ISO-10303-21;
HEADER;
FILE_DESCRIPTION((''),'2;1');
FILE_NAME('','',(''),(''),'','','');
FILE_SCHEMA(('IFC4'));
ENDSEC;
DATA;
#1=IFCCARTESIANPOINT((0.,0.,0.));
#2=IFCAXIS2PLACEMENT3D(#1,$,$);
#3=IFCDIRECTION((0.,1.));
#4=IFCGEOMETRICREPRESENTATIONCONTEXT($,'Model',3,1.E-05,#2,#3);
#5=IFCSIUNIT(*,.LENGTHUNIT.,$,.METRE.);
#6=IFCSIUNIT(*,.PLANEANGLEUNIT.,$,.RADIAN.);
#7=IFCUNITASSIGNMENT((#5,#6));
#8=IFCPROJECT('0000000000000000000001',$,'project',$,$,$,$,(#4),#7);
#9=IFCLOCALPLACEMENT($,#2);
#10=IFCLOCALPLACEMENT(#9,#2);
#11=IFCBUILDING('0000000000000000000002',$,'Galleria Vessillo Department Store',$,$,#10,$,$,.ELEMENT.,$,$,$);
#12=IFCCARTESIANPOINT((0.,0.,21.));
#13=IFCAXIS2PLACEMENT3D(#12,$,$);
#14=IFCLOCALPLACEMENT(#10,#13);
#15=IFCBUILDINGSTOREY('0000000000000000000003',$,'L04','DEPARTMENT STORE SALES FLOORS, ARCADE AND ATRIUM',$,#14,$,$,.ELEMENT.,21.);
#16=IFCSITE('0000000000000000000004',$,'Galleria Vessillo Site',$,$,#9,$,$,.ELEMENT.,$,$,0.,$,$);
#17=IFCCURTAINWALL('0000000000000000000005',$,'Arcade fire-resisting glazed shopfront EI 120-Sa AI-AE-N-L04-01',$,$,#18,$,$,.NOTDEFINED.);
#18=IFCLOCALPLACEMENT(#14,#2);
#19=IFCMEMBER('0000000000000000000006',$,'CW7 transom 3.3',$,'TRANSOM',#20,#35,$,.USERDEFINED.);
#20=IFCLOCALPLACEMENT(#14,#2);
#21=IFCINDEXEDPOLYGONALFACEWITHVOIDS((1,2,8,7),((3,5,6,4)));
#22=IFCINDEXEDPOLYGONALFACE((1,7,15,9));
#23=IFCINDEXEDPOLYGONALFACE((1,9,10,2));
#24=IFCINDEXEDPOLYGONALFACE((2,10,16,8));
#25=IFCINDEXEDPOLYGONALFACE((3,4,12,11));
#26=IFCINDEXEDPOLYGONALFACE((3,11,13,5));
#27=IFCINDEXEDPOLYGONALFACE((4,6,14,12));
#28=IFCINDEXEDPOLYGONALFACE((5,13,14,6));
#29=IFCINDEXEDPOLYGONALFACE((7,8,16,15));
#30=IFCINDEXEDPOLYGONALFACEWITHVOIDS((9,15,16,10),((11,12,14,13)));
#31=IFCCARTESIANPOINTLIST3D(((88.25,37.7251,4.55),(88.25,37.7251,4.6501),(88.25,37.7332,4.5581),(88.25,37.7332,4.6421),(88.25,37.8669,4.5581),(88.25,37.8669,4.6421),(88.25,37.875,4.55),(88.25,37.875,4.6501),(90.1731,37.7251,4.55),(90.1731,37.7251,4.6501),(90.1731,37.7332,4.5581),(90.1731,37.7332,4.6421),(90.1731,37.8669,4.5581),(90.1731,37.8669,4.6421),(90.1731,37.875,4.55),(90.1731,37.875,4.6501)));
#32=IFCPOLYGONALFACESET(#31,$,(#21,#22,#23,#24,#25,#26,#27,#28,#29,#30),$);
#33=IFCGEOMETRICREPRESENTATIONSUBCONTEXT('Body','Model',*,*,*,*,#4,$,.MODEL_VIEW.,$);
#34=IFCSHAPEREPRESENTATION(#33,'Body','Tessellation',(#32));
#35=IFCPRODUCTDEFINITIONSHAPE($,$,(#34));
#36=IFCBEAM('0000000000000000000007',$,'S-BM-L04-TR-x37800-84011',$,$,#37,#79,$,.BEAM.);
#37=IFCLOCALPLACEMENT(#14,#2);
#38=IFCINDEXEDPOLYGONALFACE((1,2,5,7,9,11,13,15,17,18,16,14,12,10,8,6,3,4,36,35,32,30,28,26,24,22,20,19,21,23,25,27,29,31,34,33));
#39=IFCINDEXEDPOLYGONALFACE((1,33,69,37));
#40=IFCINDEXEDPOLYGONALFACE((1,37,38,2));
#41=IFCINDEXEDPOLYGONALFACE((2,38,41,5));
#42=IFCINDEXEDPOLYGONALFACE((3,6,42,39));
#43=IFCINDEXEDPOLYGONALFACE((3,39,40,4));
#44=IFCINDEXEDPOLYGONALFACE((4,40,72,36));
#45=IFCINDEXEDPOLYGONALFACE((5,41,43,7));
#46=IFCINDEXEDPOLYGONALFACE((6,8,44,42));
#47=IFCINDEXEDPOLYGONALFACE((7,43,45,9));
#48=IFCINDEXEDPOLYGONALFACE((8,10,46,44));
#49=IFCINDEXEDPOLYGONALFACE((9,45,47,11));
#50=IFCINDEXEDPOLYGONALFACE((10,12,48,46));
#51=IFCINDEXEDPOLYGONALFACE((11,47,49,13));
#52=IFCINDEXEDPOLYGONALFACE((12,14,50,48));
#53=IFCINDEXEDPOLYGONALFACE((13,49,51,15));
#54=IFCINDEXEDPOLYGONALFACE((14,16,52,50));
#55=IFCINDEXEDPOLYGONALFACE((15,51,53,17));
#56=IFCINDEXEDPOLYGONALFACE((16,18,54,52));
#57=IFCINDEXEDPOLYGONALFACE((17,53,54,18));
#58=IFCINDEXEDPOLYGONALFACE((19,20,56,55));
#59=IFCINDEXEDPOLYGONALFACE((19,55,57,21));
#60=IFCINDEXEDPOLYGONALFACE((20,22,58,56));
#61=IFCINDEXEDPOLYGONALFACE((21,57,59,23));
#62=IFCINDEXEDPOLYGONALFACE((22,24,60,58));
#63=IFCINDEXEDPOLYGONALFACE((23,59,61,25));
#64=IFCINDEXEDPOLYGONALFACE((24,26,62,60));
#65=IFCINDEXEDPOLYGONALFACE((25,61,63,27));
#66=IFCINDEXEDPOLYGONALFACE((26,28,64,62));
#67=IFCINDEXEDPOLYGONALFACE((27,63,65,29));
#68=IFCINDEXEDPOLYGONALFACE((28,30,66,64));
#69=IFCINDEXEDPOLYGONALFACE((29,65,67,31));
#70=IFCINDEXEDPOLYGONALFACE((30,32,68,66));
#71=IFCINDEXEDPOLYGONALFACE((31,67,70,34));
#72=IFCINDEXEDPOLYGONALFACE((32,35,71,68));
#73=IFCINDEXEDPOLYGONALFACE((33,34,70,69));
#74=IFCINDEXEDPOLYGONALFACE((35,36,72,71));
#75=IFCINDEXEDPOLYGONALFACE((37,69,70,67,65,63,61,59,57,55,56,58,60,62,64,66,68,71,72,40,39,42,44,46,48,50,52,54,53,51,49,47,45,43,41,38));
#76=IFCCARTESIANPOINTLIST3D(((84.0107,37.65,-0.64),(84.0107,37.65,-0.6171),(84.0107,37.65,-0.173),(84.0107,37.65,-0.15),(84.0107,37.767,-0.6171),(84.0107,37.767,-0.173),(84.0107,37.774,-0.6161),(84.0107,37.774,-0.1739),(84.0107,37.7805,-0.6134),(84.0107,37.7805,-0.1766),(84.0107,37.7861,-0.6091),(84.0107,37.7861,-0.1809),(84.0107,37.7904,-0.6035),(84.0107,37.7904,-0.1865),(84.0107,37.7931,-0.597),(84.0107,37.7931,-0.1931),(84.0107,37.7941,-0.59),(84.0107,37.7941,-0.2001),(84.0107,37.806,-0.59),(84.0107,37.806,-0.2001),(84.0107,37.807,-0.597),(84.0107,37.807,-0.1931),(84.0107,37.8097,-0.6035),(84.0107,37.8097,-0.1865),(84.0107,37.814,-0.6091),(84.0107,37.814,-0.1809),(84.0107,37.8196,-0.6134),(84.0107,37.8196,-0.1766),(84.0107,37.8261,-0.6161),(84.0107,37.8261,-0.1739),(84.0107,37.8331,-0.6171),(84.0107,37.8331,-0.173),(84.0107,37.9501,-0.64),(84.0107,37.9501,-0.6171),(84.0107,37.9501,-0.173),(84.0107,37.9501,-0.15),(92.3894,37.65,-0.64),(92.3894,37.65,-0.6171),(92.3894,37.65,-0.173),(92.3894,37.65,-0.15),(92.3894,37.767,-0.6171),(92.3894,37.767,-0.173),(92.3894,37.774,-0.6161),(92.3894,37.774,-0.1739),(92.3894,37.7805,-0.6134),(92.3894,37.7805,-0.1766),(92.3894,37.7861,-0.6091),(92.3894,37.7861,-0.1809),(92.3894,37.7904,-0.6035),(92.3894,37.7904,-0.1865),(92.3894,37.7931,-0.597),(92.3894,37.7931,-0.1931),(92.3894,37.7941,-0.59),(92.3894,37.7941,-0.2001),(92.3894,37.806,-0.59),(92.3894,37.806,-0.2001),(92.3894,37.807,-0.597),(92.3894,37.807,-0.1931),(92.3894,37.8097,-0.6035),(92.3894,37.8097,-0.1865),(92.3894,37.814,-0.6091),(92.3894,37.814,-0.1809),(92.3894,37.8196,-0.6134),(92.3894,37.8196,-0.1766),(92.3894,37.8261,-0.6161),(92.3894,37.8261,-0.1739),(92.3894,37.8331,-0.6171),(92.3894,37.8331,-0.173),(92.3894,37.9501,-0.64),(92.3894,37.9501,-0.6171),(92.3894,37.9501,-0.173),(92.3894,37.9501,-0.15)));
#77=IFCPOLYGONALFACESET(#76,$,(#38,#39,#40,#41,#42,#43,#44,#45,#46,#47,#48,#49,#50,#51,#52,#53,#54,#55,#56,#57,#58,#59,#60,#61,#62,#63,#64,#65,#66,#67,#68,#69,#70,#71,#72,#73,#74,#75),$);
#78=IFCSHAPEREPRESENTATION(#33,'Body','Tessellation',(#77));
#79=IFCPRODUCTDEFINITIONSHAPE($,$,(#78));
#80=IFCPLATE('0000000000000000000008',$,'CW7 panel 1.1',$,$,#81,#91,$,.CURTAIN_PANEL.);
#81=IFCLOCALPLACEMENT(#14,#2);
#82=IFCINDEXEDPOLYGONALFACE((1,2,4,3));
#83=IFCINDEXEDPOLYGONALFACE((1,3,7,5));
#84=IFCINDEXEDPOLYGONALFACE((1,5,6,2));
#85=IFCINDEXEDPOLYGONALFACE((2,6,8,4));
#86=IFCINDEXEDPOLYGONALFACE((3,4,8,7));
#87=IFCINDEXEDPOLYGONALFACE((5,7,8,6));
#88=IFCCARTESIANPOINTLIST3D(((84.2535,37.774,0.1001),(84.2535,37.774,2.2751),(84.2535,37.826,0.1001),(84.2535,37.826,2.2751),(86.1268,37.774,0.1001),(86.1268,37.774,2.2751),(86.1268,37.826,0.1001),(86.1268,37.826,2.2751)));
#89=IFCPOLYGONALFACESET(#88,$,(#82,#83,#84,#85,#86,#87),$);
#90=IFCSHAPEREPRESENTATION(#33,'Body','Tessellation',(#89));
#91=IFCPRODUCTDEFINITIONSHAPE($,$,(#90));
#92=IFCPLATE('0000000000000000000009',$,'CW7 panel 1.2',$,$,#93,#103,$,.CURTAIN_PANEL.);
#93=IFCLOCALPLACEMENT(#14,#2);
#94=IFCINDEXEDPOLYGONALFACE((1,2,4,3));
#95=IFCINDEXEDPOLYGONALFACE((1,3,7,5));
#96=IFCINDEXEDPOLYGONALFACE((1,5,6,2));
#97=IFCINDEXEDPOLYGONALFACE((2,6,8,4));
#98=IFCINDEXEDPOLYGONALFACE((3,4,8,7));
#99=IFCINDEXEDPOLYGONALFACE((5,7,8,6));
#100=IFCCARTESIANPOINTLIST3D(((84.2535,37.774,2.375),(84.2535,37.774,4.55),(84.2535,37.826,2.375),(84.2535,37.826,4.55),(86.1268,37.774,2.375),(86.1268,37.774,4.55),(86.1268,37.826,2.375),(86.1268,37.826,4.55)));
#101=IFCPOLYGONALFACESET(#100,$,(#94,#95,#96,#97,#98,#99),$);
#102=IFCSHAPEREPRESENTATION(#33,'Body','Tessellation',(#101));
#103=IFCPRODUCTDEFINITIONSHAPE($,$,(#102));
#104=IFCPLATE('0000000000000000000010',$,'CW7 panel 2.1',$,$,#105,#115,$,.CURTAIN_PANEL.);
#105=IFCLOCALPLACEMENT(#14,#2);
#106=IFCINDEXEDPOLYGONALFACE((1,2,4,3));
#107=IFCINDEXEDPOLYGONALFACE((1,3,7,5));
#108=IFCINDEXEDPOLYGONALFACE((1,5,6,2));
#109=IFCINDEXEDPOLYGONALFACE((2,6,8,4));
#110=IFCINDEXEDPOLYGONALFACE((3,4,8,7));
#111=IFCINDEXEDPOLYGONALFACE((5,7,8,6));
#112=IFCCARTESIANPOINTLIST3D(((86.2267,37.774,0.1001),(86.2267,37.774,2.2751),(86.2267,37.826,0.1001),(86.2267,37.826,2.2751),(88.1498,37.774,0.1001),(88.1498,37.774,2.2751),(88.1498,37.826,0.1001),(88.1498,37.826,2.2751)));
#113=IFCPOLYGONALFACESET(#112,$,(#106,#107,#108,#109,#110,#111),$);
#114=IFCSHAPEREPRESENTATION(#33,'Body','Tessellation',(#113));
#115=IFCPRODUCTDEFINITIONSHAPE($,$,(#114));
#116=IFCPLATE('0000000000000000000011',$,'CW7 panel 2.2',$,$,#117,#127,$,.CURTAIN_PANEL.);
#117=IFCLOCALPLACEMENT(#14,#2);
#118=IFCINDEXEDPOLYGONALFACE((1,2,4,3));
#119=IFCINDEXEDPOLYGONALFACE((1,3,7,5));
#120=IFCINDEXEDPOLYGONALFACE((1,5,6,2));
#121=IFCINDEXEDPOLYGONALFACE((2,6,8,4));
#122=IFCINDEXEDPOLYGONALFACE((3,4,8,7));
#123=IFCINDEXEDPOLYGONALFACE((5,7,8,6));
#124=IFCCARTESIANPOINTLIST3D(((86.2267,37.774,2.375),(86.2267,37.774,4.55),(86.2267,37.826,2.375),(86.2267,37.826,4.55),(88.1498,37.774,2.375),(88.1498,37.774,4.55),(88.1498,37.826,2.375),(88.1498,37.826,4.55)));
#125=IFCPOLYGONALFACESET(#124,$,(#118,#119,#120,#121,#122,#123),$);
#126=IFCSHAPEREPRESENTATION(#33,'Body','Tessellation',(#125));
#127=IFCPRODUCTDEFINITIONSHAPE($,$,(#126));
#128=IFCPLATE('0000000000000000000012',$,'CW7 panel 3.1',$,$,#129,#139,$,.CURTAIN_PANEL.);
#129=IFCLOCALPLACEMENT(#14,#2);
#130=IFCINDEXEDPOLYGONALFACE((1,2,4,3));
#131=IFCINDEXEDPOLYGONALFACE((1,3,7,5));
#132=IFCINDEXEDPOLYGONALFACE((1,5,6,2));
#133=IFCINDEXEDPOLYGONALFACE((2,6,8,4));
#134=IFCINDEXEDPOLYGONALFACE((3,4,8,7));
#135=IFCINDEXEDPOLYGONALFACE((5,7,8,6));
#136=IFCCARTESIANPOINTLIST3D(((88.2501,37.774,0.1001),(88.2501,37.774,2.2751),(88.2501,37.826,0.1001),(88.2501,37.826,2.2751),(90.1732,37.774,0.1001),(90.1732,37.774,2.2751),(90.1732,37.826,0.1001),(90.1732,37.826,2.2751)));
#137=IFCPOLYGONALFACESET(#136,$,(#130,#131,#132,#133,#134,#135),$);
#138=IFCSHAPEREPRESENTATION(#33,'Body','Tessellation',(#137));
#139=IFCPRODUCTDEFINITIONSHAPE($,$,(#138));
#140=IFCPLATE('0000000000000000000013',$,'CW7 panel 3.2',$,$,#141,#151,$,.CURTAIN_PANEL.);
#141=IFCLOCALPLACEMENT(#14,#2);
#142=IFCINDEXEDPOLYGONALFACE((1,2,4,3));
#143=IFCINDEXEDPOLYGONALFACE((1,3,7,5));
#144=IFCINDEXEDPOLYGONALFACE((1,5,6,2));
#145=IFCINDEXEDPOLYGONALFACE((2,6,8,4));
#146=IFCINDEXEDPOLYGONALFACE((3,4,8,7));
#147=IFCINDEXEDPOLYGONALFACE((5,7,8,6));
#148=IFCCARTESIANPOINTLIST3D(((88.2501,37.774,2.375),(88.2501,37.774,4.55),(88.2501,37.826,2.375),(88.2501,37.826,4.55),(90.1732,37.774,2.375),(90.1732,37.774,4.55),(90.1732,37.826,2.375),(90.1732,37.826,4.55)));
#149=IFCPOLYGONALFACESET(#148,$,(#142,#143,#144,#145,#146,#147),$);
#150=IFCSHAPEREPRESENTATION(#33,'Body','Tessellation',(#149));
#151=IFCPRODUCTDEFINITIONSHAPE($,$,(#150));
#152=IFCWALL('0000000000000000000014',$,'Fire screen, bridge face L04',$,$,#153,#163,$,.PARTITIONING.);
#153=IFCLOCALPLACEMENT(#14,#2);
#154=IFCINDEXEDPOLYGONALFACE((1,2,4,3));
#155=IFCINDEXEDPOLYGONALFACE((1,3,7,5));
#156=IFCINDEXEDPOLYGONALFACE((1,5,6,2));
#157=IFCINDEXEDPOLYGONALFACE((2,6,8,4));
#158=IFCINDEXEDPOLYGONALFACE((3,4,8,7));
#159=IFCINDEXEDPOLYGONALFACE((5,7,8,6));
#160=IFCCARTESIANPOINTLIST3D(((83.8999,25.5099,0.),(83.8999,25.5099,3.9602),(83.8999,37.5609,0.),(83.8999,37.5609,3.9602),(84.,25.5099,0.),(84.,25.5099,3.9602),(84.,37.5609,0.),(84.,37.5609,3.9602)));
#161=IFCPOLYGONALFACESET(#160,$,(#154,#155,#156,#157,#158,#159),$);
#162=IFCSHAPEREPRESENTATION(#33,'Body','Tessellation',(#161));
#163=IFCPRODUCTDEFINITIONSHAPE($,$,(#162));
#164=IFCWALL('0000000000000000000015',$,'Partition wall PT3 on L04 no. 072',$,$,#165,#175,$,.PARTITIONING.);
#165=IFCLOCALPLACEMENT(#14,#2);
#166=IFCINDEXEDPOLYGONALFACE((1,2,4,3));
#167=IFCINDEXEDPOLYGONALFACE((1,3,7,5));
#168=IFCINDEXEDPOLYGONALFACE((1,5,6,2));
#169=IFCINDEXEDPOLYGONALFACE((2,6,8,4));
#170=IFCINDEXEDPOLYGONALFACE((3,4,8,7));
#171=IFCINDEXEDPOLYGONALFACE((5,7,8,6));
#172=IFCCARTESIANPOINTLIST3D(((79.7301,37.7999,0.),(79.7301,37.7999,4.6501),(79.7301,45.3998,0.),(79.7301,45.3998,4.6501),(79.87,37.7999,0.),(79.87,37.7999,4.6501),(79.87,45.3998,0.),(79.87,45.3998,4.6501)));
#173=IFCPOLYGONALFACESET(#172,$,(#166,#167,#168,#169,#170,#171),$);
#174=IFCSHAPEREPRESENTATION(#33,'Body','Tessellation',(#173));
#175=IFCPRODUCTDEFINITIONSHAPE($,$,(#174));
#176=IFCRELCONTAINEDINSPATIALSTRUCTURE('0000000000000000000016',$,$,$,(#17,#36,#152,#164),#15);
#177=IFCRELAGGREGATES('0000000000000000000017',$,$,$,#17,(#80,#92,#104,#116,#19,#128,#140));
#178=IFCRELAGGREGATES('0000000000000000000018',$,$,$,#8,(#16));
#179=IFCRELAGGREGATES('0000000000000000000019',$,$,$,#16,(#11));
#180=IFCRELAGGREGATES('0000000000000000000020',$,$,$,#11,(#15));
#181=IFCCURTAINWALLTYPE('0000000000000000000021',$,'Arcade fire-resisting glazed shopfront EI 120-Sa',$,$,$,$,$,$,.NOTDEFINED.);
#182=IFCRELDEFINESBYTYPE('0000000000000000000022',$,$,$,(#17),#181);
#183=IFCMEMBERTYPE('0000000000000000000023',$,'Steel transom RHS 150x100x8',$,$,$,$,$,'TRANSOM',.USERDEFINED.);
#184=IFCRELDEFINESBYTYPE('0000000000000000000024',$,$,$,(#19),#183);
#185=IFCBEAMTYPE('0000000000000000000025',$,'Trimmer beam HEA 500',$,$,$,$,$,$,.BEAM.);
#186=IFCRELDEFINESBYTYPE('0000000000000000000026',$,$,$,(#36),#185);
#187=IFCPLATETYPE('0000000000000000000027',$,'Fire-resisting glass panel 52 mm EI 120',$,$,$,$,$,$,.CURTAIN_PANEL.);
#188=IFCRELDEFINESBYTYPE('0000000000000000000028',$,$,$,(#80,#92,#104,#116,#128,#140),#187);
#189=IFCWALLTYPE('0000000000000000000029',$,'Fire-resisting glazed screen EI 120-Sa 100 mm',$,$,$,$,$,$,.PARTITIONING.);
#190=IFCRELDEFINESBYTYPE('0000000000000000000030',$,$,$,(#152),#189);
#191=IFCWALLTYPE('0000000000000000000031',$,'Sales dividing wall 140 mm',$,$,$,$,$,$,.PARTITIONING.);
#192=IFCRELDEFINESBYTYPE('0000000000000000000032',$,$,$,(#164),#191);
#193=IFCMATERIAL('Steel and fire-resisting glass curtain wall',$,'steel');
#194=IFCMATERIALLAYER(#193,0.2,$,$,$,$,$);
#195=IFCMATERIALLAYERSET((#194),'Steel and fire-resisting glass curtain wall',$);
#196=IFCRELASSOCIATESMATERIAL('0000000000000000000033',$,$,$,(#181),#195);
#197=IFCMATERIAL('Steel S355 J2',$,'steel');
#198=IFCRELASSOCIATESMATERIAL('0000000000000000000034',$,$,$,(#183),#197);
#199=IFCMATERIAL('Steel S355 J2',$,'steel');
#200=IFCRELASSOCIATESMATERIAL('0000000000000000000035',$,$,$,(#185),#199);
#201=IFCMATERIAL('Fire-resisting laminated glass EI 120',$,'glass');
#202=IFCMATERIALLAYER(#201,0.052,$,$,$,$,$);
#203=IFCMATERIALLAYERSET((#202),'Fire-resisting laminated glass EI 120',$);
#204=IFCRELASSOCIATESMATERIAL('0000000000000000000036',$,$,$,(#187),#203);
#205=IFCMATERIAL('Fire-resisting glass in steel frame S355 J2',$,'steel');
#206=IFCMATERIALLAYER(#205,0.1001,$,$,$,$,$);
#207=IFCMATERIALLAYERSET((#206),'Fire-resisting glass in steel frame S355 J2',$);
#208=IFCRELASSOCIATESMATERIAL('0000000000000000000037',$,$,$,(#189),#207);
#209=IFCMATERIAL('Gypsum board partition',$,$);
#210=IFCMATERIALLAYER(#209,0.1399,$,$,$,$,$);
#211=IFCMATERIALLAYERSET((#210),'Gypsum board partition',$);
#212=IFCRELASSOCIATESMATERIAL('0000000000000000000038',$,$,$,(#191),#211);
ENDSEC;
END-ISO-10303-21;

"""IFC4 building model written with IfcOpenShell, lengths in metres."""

from ifc_helpers import new_model, si_unit, direction, frame, frame_2d, origin, origin_2d, place, context, subcontext, project, spatial, rectangle, hollow_rectangle, i_section, extrude, material, layer, layer_set, material_profile, profile_set, type_object, element, aggregate, save


model = new_model("IFC4")

# Units and contexts
model_context = context("Model", 3, precision=1e-05, world=origin(), true_north=direction((0.0, 1.0)))
body_context = subcontext(model_context, "Body", "Model", "MODEL_VIEW")
ifc_project = project(units=[si_unit("LENGTHUNIT", "METRE"), si_unit("PLANEANGLEUNIT", "RADIAN")], contexts=[model_context])

# Site, building, storey
site_placement = place(None, origin())
site = spatial("IfcSite", under=ifc_project, at=site_placement, Name="Galleria Vessillo Site", CompositionType="ELEMENT", RefElevation=0.0)
building_placement = place(site_placement, origin())
building = spatial("IfcBuilding", under=site, at=building_placement, Name="Galleria Vessillo Department Store", CompositionType="ELEMENT")
storey_placement = place(building_placement, frame((0.0, 0.0, 21.0)))
storey = spatial("IfcBuildingStorey", under=building, at=storey_placement, Name="L04", Description="DEPARTMENT STORE SALES FLOORS, ARCADE AND ATRIUM", CompositionType="ELEMENT", Elevation=21.0)

# Curtain wall, member
ifc_material_1 = material(Name="Steel and fire-resisting glass curtain wall", Category="steel")
ifc_layer_1 = layer(ifc_material_1, 0.2)
ifc_layer_set_1 = layer_set([ifc_layer_1], Name="Steel and fire-resisting glass curtain wall")
curtain_wall_type = type_object("IfcCurtainWallType", Name="Arcade fire-resisting glazed shopfront EI 120-Sa", PredefinedType="NOTDEFINED", material=ifc_layer_set_1)
curtain_wall_placement = place(storey_placement, origin())
curtain_wall = element("IfcCurtainWall", 1, at=curtain_wall_placement, inside=storey, type_object=curtain_wall_type, Name="Arcade fire-resisting glazed shopfront EI 120-Sa AI-AE-N-L04-01", PredefinedType="NOTDEFINED")
ifc_material_2 = material(Name="Steel S355 J2", Category="steel")
ifc_material_profile_1 = material_profile(ifc_material_2, hollow_rectangle(XDim=0.1499, YDim=0.1001, WallThickness=0.0081, at=origin_2d()), Name="RHS 150x100x8")
ifc_profile_set_1 = profile_set([ifc_material_profile_1], Name="Steel S355 J2")
member_type_1 = type_object("IfcMemberType", Name="Steel transom RHS 150x100x8", ElementType="TRANSOM", PredefinedType="USERDEFINED", material=ifc_profile_set_1)
member_1_placement = place(storey_placement, frame((88.25, 37.8, 4.6001), z_axis=(1.0, 0.0, 0.0), x_axis=(0.0, 1.0, 0.0)))
member_1 = element("IfcMember", 2, at=member_1_placement, type_object=member_type_1, Name="CW7 transom 3.3", ObjectType="TRANSOM", PredefinedType="USERDEFINED", context=body_context, shape_type="SweptSolid", body=[
    extrude(hollow_rectangle(XDim=0.1499, YDim=0.1001, WallThickness=0.0081, at=origin_2d()), origin(), (0.0, 0.0, 1.0), 1.9231),
])

# Beam
ifc_material_3 = material(Name="Steel S355 J2", Category="steel")
ifc_material_profile_2 = material_profile(ifc_material_3, i_section(OverallWidth=0.3, OverallDepth=0.49, WebThickness=0.012, FlangeThickness=0.0229, FilletRadius=0.0271, at=origin_2d()), Name="HEA 500")
ifc_profile_set_2 = profile_set([ifc_material_profile_2], Name="Steel S355 J2")
beam_type_1 = type_object("IfcBeamType", Name="Trimmer beam HEA 500", PredefinedType="BEAM", material=ifc_profile_set_2)
beam_1_placement = place(storey_placement, frame((84.0107, 37.8, -0.395), z_axis=(1.0, 0.0, 0.0), x_axis=(0.0, 1.0, 0.0)))
element("IfcBeam", 3, at=beam_1_placement, inside=storey, type_object=beam_type_1, Name="S-BM-L04-TR-x37800-84011", PredefinedType="BEAM", context=body_context, shape_type="SweptSolid", body=[
    extrude(i_section(OverallWidth=0.3, OverallDepth=0.49, WebThickness=0.012, FlangeThickness=0.0229, FilletRadius=0.0271, at=origin_2d()), origin(), (0.0, 0.0, 1.0), 8.3787),
])

# Plates
ifc_material_4 = material(Name="Fire-resisting laminated glass EI 120", Category="glass")
ifc_layer_2 = layer(ifc_material_4, 0.052)
ifc_layer_set_2 = layer_set([ifc_layer_2], Name="Fire-resisting laminated glass EI 120")
plate_type = type_object("IfcPlateType", Name="Fire-resisting glass panel 52 mm EI 120", PredefinedType="CURTAIN_PANEL", material=ifc_layer_set_2)
plate_1_placement = place(storey_placement, frame((85.1902, 37.8, 0.1001), z_axis=(0.0, 0.0, 1.0), x_axis=(1.0, 0.0, 0.0)))
plate_1 = element("IfcPlate", 4, at=plate_1_placement, type_object=plate_type, Name="CW7 panel 1.1", PredefinedType="CURTAIN_PANEL", context=body_context, shape_type="SweptSolid", body=[
    extrude(rectangle(XDim=1.8733, YDim=0.052, at=origin_2d()), origin(), (0.0, 0.0, 1.0), 2.175),
])
plate_2_placement = place(storey_placement, frame((85.1902, 37.8, 2.375), z_axis=(0.0, 0.0, 1.0), x_axis=(1.0, 0.0, 0.0)))
plate_2 = element("IfcPlate", 5, at=plate_2_placement, type_object=plate_type, Name="CW7 panel 1.2", PredefinedType="CURTAIN_PANEL", context=body_context, shape_type="SweptSolid", body=[
    extrude(rectangle(XDim=1.8733, YDim=0.052, at=origin_2d()), origin(), (0.0, 0.0, 1.0), 2.175),
])
plate_3_placement = place(storey_placement, frame((87.1882, 37.8, 0.1001), z_axis=(0.0, 0.0, 1.0), x_axis=(1.0, 0.0, 0.0)))
plate_3 = element("IfcPlate", 6, at=plate_3_placement, type_object=plate_type, Name="CW7 panel 2.1", PredefinedType="CURTAIN_PANEL", context=body_context, shape_type="SweptSolid", body=[
    extrude(rectangle(XDim=1.9231, YDim=0.052, at=origin_2d()), origin(), (0.0, 0.0, 1.0), 2.175),
])
plate_4_placement = place(storey_placement, frame((87.1882, 37.8, 2.375), z_axis=(0.0, 0.0, 1.0), x_axis=(1.0, 0.0, 0.0)))
plate_4 = element("IfcPlate", 7, at=plate_4_placement, type_object=plate_type, Name="CW7 panel 2.2", PredefinedType="CURTAIN_PANEL", context=body_context, shape_type="SweptSolid", body=[
    extrude(rectangle(XDim=1.9231, YDim=0.052, at=origin_2d()), origin(), (0.0, 0.0, 1.0), 2.175),
])
plate_5_placement = place(storey_placement, frame((89.2117, 37.8, 0.1001), z_axis=(0.0, 0.0, 1.0), x_axis=(1.0, 0.0, 0.0)))
plate_5 = element("IfcPlate", 8, at=plate_5_placement, type_object=plate_type, Name="CW7 panel 3.1", PredefinedType="CURTAIN_PANEL", context=body_context, shape_type="SweptSolid", body=[
    extrude(rectangle(XDim=1.9231, YDim=0.052, at=origin_2d()), origin(), (0.0, 0.0, 1.0), 2.175),
])
plate_6_placement = place(storey_placement, frame((89.2117, 37.8, 2.375), z_axis=(0.0, 0.0, 1.0), x_axis=(1.0, 0.0, 0.0)))
plate_6 = element("IfcPlate", 9, at=plate_6_placement, type_object=plate_type, Name="CW7 panel 3.2", PredefinedType="CURTAIN_PANEL", context=body_context, shape_type="SweptSolid", body=[
    extrude(rectangle(XDim=1.9231, YDim=0.052, at=origin_2d()), origin(), (0.0, 0.0, 1.0), 2.175),
])
aggregate(curtain_wall, [plate_1, plate_2, plate_3, plate_4, member_1, plate_5, plate_6])

# Walls
ifc_material_5 = material(Name="Fire-resisting glass in steel frame S355 J2", Category="steel")
ifc_layer_3 = layer(ifc_material_5, 0.1001)
ifc_layer_set_3 = layer_set([ifc_layer_3], Name="Fire-resisting glass in steel frame S355 J2")
wall_type_1 = type_object("IfcWallType", Name="Fire-resisting glazed screen EI 120-Sa 100 mm", PredefinedType="PARTITIONING", material=ifc_layer_set_3)
wall_1_placement = place(storey_placement, frame((83.95, 25.51, 0.0), z_axis=(0.0, 0.0, 1.0), x_axis=(0.0, 1.0, 0.0)))
element("IfcWall", 10, at=wall_1_placement, inside=storey, type_object=wall_type_1, Name="Fire screen, bridge face L04", PredefinedType="PARTITIONING", context=body_context, shape_type="SweptSolid", body=[
    extrude(rectangle(XDim=12.051, YDim=0.1001, at=frame_2d((6.0254, 0.0))), origin(), (0.0, 0.0, 1.0), 3.9602),
])
ifc_material_6 = material(Name="Gypsum board partition")
ifc_layer_4 = layer(ifc_material_6, 0.1399)
ifc_layer_set_4 = layer_set([ifc_layer_4], Name="Gypsum board partition")
wall_type_2 = type_object("IfcWallType", Name="Sales dividing wall 140 mm", PredefinedType="PARTITIONING", material=ifc_layer_set_4)
wall_2_placement = place(storey_placement, frame((79.8, 37.8, 0.0), z_axis=(0.0, 0.0, 1.0), x_axis=(0.0, 1.0, 0.0)))
element("IfcWall", 11, at=wall_2_placement, inside=storey, type_object=wall_type_2, Name="Partition wall PT3 on L04 no. 072", PredefinedType="PARTITIONING", context=body_context, shape_type="SweptSolid", body=[
    extrude(rectangle(XDim=7.5999, YDim=0.1399, at=frame_2d((3.7998, 0.0))), origin(), (0.0, 0.0, 1.0), 4.6501),
])

save(model, "model.ifc")
